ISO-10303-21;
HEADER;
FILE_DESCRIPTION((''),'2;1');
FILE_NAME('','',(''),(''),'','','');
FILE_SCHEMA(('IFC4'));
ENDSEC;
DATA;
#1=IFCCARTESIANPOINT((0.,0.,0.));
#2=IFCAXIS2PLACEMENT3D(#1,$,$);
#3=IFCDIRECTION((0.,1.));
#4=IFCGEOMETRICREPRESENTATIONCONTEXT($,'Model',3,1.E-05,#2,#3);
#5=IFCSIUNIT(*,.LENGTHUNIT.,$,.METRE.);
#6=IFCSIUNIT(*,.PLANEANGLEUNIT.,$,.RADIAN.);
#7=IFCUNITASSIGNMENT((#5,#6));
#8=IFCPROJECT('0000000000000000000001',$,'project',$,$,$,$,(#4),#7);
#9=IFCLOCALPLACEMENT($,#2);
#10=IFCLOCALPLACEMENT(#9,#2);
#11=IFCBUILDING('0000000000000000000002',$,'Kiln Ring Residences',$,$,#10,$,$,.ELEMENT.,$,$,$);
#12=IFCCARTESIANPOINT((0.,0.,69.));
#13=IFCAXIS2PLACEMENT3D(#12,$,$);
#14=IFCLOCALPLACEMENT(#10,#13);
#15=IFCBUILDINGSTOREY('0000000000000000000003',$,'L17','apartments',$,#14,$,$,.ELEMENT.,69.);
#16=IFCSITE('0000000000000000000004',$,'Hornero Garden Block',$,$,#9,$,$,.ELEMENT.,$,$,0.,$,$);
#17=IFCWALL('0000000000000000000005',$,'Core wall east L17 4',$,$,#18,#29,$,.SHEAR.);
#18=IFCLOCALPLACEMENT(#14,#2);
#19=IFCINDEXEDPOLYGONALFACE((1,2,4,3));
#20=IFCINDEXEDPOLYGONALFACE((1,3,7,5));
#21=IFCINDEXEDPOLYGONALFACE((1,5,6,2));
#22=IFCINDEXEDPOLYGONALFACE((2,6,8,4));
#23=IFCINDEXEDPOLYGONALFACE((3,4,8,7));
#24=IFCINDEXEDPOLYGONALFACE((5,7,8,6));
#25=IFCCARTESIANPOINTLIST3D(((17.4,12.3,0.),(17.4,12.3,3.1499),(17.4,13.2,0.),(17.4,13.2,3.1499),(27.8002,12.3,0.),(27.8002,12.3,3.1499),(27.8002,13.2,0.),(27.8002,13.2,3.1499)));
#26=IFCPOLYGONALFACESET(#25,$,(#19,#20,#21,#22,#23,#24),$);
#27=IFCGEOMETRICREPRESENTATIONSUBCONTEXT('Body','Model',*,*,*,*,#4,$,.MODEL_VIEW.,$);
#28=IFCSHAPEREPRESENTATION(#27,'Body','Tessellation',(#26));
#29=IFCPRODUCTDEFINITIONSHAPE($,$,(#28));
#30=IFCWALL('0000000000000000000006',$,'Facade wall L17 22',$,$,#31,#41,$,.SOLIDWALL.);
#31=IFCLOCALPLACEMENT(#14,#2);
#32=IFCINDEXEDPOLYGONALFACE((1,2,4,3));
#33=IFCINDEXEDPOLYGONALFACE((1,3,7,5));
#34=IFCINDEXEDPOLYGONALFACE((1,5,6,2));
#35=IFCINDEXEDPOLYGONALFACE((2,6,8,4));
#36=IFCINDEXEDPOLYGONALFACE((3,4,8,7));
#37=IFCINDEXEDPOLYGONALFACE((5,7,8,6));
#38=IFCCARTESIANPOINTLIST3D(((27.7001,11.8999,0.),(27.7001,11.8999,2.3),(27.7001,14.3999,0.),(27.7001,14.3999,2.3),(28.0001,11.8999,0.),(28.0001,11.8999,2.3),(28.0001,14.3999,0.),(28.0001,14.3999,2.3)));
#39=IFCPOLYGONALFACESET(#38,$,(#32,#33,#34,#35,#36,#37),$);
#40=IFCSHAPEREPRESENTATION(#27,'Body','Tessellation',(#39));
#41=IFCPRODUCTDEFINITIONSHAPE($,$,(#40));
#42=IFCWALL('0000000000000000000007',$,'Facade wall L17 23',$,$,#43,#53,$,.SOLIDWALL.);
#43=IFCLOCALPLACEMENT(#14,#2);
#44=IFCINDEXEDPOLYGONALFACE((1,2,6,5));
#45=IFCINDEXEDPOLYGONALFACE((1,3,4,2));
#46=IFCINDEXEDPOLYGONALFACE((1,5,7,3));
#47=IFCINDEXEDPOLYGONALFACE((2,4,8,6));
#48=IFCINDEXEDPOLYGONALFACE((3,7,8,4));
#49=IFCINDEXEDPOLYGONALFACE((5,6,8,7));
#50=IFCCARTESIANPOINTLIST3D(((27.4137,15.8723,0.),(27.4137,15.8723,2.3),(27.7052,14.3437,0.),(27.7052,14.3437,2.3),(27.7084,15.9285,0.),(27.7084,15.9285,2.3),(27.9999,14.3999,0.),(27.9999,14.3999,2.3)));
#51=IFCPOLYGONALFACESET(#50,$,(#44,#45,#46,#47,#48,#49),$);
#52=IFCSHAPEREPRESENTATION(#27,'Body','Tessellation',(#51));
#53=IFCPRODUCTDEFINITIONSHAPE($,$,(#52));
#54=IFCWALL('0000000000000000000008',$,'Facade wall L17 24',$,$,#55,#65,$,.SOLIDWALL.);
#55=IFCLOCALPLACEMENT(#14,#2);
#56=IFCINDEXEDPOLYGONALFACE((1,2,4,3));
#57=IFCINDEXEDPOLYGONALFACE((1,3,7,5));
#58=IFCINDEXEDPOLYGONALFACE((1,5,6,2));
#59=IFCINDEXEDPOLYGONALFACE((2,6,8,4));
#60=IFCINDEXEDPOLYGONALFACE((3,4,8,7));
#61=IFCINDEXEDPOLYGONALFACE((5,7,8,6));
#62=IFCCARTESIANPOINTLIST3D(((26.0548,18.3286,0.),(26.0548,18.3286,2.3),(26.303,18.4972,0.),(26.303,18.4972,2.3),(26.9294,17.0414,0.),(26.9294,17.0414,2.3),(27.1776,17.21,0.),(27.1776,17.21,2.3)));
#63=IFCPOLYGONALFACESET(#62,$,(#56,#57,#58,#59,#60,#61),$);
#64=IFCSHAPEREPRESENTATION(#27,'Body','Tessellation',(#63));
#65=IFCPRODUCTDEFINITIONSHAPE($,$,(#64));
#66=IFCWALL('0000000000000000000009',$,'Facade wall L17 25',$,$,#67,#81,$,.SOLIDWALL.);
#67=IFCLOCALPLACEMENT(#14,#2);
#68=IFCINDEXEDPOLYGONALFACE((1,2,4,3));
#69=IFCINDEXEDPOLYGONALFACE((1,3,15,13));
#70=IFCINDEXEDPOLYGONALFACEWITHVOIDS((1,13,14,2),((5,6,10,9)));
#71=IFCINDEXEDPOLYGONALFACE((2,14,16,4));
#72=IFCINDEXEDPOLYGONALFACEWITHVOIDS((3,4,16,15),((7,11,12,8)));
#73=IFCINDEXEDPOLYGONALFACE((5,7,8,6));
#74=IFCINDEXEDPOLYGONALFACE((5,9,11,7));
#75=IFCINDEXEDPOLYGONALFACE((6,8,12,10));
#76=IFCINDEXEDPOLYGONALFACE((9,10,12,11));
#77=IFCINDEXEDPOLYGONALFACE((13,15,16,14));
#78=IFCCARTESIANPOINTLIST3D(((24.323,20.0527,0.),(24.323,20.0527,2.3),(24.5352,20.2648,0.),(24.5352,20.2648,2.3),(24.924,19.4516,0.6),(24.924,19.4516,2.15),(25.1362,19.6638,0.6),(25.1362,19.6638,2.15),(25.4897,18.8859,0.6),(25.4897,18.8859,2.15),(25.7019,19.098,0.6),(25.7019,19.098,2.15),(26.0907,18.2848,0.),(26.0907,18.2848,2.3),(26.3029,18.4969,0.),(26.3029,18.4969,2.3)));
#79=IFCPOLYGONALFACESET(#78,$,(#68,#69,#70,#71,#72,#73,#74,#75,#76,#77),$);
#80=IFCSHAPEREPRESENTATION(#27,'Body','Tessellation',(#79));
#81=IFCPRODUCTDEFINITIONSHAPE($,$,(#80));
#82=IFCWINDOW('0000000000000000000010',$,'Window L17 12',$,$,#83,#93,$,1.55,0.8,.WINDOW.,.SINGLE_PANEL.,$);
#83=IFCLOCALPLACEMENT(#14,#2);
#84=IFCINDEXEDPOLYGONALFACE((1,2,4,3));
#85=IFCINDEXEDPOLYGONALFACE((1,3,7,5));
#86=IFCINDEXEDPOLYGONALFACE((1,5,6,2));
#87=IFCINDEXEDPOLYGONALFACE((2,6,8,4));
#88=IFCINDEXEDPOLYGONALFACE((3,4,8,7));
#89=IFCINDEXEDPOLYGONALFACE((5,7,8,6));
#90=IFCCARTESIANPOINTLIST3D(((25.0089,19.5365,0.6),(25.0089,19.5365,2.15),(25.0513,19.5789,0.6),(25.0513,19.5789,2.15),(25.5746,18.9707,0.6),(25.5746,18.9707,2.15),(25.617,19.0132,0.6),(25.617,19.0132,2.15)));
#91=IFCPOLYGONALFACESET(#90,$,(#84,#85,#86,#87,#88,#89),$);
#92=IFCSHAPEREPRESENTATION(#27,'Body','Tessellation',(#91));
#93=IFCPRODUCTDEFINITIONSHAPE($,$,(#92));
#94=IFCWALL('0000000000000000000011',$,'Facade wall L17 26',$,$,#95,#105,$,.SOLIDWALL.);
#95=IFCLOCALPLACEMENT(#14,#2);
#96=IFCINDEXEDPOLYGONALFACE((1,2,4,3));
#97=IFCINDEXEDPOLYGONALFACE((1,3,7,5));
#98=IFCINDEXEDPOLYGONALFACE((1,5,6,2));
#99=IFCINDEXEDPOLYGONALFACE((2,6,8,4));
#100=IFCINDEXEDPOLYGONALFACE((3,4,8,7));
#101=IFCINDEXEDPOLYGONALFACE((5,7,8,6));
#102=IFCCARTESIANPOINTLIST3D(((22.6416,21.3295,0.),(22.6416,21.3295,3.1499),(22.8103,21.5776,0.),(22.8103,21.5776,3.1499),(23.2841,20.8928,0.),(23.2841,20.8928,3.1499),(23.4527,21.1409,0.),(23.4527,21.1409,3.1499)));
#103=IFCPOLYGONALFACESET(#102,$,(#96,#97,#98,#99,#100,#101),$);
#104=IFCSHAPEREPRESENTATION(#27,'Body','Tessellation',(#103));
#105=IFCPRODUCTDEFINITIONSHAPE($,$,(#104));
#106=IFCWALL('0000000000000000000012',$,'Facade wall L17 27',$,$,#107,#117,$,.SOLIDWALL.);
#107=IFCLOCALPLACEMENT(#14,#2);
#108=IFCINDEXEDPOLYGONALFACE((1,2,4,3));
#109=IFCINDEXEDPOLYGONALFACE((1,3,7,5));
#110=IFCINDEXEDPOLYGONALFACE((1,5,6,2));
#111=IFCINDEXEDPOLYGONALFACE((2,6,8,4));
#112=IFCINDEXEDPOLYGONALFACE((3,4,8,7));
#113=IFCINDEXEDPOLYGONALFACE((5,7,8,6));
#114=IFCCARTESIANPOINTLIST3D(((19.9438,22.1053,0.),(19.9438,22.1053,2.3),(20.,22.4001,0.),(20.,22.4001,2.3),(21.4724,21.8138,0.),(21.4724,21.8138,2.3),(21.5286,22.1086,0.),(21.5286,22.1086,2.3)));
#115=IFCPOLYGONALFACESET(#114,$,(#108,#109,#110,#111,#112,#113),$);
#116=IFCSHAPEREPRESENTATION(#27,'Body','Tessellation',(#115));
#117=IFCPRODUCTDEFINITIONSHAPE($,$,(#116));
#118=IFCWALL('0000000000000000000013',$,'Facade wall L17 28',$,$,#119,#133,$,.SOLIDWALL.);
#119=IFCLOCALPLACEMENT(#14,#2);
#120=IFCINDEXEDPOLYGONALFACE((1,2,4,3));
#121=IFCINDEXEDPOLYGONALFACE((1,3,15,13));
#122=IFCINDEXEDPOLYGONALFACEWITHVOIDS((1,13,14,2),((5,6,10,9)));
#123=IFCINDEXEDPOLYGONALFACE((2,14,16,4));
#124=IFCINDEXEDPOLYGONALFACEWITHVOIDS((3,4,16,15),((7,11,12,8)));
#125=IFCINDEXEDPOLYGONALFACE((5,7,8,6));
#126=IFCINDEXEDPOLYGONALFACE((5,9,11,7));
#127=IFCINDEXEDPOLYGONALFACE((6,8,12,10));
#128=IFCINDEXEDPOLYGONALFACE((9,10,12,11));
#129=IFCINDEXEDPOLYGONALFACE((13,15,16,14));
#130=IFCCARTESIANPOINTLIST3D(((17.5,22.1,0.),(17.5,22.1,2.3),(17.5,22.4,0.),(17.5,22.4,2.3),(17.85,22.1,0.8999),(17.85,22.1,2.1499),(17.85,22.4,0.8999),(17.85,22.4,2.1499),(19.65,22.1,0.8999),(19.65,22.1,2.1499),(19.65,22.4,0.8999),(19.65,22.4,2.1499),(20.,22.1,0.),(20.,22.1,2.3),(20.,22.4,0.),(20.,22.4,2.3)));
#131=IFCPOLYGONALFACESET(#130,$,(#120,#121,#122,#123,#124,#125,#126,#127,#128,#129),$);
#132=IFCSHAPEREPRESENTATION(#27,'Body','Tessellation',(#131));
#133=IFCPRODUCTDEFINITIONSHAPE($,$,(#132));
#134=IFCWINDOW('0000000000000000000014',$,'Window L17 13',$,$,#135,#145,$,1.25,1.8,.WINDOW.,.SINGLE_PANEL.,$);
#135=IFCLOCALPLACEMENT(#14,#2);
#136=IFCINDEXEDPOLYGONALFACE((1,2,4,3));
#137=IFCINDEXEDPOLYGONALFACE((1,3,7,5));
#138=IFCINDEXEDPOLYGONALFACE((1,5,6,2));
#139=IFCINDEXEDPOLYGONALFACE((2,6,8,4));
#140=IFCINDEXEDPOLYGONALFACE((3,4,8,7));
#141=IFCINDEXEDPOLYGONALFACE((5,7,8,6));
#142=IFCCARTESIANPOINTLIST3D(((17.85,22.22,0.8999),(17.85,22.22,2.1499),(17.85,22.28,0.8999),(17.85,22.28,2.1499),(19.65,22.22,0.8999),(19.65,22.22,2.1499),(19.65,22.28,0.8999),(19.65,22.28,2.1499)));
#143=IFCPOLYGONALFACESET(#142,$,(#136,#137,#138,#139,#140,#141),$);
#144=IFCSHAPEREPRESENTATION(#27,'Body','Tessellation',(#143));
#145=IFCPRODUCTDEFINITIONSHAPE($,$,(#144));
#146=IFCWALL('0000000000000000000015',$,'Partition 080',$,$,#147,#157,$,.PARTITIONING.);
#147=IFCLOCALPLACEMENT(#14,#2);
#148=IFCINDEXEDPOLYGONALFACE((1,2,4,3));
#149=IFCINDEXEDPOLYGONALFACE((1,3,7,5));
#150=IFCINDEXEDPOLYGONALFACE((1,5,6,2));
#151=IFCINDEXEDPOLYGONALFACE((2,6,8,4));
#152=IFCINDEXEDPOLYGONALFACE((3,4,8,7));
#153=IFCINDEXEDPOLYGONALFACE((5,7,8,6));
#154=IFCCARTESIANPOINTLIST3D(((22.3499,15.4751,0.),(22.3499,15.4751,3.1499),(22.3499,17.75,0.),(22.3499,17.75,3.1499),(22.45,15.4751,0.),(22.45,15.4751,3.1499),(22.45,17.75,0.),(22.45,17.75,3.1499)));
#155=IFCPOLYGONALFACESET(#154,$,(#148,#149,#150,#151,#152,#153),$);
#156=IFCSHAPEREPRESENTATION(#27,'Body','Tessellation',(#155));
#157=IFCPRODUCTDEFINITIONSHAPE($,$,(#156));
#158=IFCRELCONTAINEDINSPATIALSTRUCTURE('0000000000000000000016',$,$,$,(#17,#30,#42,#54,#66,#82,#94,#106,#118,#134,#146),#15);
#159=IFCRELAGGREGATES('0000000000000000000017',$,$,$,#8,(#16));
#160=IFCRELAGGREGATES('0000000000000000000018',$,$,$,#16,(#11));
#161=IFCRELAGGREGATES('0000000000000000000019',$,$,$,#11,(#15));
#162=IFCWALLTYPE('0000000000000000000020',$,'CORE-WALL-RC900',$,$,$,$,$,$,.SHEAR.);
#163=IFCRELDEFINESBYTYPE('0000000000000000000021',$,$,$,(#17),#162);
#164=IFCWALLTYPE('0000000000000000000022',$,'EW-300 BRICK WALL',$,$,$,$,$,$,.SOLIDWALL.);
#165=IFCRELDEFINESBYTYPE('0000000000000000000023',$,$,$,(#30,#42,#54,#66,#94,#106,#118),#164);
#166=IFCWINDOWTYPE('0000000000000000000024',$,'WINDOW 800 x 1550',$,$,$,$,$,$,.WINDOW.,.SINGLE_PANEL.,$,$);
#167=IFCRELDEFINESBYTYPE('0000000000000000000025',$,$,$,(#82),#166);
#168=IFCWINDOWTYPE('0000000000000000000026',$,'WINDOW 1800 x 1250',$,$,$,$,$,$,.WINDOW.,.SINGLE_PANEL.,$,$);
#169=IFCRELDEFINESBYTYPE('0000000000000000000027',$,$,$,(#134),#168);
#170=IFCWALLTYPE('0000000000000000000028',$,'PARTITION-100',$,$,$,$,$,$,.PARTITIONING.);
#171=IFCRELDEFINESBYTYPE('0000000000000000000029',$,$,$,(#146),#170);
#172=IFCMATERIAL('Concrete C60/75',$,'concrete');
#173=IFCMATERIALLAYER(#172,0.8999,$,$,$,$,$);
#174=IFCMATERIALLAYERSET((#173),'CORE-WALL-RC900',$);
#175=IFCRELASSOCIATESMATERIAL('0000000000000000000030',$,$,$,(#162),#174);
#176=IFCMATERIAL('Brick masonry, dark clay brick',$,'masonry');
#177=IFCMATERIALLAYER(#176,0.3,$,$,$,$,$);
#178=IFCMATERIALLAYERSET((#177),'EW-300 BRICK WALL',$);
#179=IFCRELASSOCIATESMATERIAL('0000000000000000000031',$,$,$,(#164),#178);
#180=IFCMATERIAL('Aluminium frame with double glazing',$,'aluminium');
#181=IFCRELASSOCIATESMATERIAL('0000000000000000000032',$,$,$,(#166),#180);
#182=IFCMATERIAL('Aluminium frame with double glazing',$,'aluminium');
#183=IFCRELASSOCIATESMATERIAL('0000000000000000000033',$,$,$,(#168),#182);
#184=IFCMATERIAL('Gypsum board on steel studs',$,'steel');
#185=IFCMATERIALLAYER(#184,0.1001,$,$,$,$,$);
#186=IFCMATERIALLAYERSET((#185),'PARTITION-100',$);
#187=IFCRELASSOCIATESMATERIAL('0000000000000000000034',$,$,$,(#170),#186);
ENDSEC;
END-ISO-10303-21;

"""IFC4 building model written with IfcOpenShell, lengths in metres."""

from ifc_helpers import new_model, si_unit, direction, frame, frame_2d, origin, place, context, subcontext, project, spatial, rectangle, extrude, material, layer, layer_set, type_object, element, fill, save


model = new_model("IFC4")

# Units and contexts
model_context = context("Model", 3, precision=1e-05, world=origin(), true_north=direction((0.0, 1.0)))
body_context = subcontext(model_context, "Body", "Model", "MODEL_VIEW")
ifc_project = project(units=[si_unit("LENGTHUNIT", "METRE"), si_unit("PLANEANGLEUNIT", "RADIAN")], contexts=[model_context])

# Site, building, storey
site_placement = place(None, origin())
site = spatial("IfcSite", under=ifc_project, at=site_placement, Name="Hornero Garden Block", CompositionType="ELEMENT", RefElevation=0.0)
building_placement = place(site_placement, origin())
building = spatial("IfcBuilding", under=site, at=building_placement, Name="Kiln Ring Residences", CompositionType="ELEMENT")
storey_placement = place(building_placement, frame((0.0, 0.0, 69.0)))
storey = spatial("IfcBuildingStorey", under=building, at=storey_placement, Name="L17", Description="apartments", CompositionType="ELEMENT", Elevation=69.0)

# Walls
ifc_material_1 = material(Name="Concrete C60/75", Category="concrete")
ifc_layer_1 = layer(ifc_material_1, 0.8999)
ifc_layer_set_1 = layer_set([ifc_layer_1], Name="CORE-WALL-RC900")
wall_type_1 = type_object("IfcWallType", Name="CORE-WALL-RC900", PredefinedType="SHEAR", material=ifc_layer_set_1)
wall_1_placement = place(storey_placement, frame((17.3999, 12.75, 0.0), z_axis=(0.0, 0.0, 1.0), x_axis=(1.0, 0.0, 0.0)))
element("IfcWall", 1, at=wall_1_placement, inside=storey, type_object=wall_type_1, Name="Core wall east L17 4", PredefinedType="SHEAR", context=body_context, shape_type="SweptSolid", body=[
    extrude(rectangle(XDim=10.4001, YDim=0.8999, at=frame_2d((5.2002, 0.0))), origin(), (0.0, 0.0, 1.0), 3.1499),
])
ifc_material_2 = material(Name="Brick masonry, dark clay brick", Category="masonry")
ifc_layer_2 = layer(ifc_material_2, 0.3)
ifc_layer_set_2 = layer_set([ifc_layer_2], Name="EW-300 BRICK WALL")
wall_type_2 = type_object("IfcWallType", Name="EW-300 BRICK WALL", PredefinedType="SOLIDWALL", material=ifc_layer_set_2)
wall_2_placement = place(storey_placement, frame((27.8501, 11.8999, 0.0), z_axis=(0.0, 0.0, 1.0), x_axis=(0.0, 1.0, 0.0)))
element("IfcWall", 2, at=wall_2_placement, inside=storey, type_object=wall_type_2, Name="Facade wall L17 22", PredefinedType="SOLIDWALL", context=body_context, shape_type="SweptSolid", body=[
    extrude(rectangle(XDim=2.5, YDim=0.3, at=frame_2d((1.25, 0.0))), origin(), (0.0, 0.0, 1.0), 2.3),
])
for number, where, z_axis, x_axis, name in (
    (3, (27.8525, 14.3718, 0.0), (0.0, 0.0, 1.0), (-0.187328, 0.982297, 0.0), "Facade wall L17 23"),
    (4, (27.0535, 17.1257, 0.0), (0.0, 0.0, 1.0), (-0.561992, 0.827142, 0.0), "Facade wall L17 24"),
):
    element("IfcWall", number, at=place(storey_placement, frame(where, z_axis=z_axis, x_axis=x_axis)), inside=storey, type_object=wall_type_2, Name=name, PredefinedType="SOLIDWALL", context=body_context, shape_type="SweptSolid", body=[
        extrude(rectangle(XDim=1.5562, YDim=0.3, at=frame_2d((0.7781, 0.0))), origin(), (0.0, 0.0, 1.0), 2.3),
    ])

# Wall, opening, window
wall_3_placement = place(storey_placement, frame((26.1968, 18.3909, 0.0), z_axis=(0.0, 0.0, 1.0), x_axis=(-0.707058, 0.707156, 0.0)))
wall_3 = element("IfcWall", 5, at=wall_3_placement, inside=storey, type_object=wall_type_2, Name="Facade wall L17 25", PredefinedType="SOLIDWALL", context=body_context, shape_type="SweptSolid", body=[
    extrude(rectangle(XDim=2.5, YDim=0.3, at=frame_2d((1.25, 0.0))), origin(), (0.0, 0.0, 1.0), 2.3),
])
opening_1_placement = place(wall_3_placement, frame((0.8501, 0.0, 0.6001)))
opening_1 = element("IfcOpeningElement", 6, at=opening_1_placement, cuts=wall_3, PredefinedType="OPENING", context=body_context, shape_type="SweptSolid", body=[
    extrude(rectangle(XDim=0.8, YDim=1.55, at=frame_2d((0.3999, 0.7749))), frame((0.0, 0.1599, 0.0), z_axis=(0.0, -1.0, 0.0), x_axis=(1.0, 0.0, 0.0)), (0.0, 0.0, 1.0), 0.3201),
])
ifc_material_3 = material(Name="Aluminium frame with double glazing", Category="aluminium")
window_type_1 = type_object("IfcWindowType", Name="WINDOW 800 x 1550", PartitioningType="SINGLE_PANEL", PredefinedType="WINDOW", material=ifc_material_3)
window_1_placement = place(opening_1_placement, origin())
window_1 = element("IfcWindow", 7, at=window_1_placement, inside=storey, type_object=window_type_1, Name="Window L17 12", OverallHeight=1.55, OverallWidth=0.8, PartitioningType="SINGLE_PANEL", PredefinedType="WINDOW", context=body_context, shape_type="SweptSolid", body=[
    extrude(rectangle(XDim=0.8, YDim=1.55, at=frame_2d((0.3999, 0.7749))), frame((0.0, 0.03, 0.0), z_axis=(0.0, -1.0, 0.0), x_axis=(1.0, 0.0, 0.0)), (0.0, 0.0, 1.0), 0.0601),
])
fill(opening_1, window_1)

# Walls
wall_4_placement = place(storey_placement, frame((23.3684, 21.0168, 0.0), z_axis=(0.0, 0.0, 1.0), x_axis=(-0.827038, 0.562147, 0.0)))
element("IfcWall", 8, at=wall_4_placement, inside=storey, type_object=wall_type_2, Name="Facade wall L17 26", PredefinedType="SOLIDWALL", context=body_context, shape_type="SweptSolid", body=[
    extrude(rectangle(XDim=0.7769, YDim=0.3, at=frame_2d((0.3884, 0.0))), origin(), (0.0, 0.0, 1.0), 3.1499),
])
wall_5_placement = place(storey_placement, frame((21.5005, 21.9612, 0.0), z_axis=(0.0, 0.0, 1.0), x_axis=(-0.982297, 0.187328, 0.0)))
element("IfcWall", 9, at=wall_5_placement, inside=storey, type_object=wall_type_2, Name="Facade wall L17 27", PredefinedType="SOLIDWALL", context=body_context, shape_type="SweptSolid", body=[
    extrude(rectangle(XDim=1.5562, YDim=0.3, at=frame_2d((0.7781, 0.0))), origin(), (0.0, 0.0, 1.0), 2.3),
])

# Wall, opening, window
wall_6_placement = place(storey_placement, frame((20.0, 22.25, 0.0), z_axis=(0.0, 0.0, 1.0), x_axis=(-1.0, 0.0, 0.0)))
wall_6 = element("IfcWall", 10, at=wall_6_placement, inside=storey, type_object=wall_type_2, Name="Facade wall L17 28", PredefinedType="SOLIDWALL", context=body_context, shape_type="SweptSolid", body=[
    extrude(rectangle(XDim=2.5, YDim=0.3, at=frame_2d((1.25, 0.0))), origin(), (0.0, 0.0, 1.0), 2.3),
])
opening_2_placement = place(wall_6_placement, frame((0.3501, 0.0, 0.8999)))
opening_2 = element("IfcOpeningElement", 11, at=opening_2_placement, cuts=wall_6, PredefinedType="OPENING", context=body_context, shape_type="SweptSolid", body=[
    extrude(rectangle(XDim=1.8, YDim=1.25, at=frame_2d((0.8999, 0.625))), frame((0.0, 0.1599, 0.0), z_axis=(0.0, -1.0, 0.0), x_axis=(1.0, 0.0, 0.0)), (0.0, 0.0, 1.0), 0.3201),
])
ifc_material_4 = material(Name="Aluminium frame with double glazing", Category="aluminium")
window_type_2 = type_object("IfcWindowType", Name="WINDOW 1800 x 1250", PartitioningType="SINGLE_PANEL", PredefinedType="WINDOW", material=ifc_material_4)
window_2_placement = place(opening_2_placement, origin())
window_2 = element("IfcWindow", 12, at=window_2_placement, inside=storey, type_object=window_type_2, Name="Window L17 13", OverallHeight=1.25, OverallWidth=1.8, PartitioningType="SINGLE_PANEL", PredefinedType="WINDOW", context=body_context, shape_type="SweptSolid", body=[
    extrude(rectangle(XDim=1.8, YDim=1.25, at=frame_2d((0.8999, 0.625))), frame((0.0, 0.03, 0.0), z_axis=(0.0, -1.0, 0.0), x_axis=(1.0, 0.0, 0.0)), (0.0, 0.0, 1.0), 0.0601),
])
fill(opening_2, window_2)

# Wall
ifc_material_5 = material(Name="Gypsum board on steel studs", Category="steel")
ifc_layer_3 = layer(ifc_material_5, 0.1001)
ifc_layer_set_3 = layer_set([ifc_layer_3], Name="PARTITION-100")
wall_type_3 = type_object("IfcWallType", Name="PARTITION-100", PredefinedType="PARTITIONING", material=ifc_layer_set_3)
wall_7_placement = place(storey_placement, frame((22.3999, 15.4751, 0.0), z_axis=(0.0, 0.0, 1.0), x_axis=(0.0, 1.0, 0.0)))
element("IfcWall", 13, at=wall_7_placement, inside=storey, type_object=wall_type_3, Name="Partition 080", PredefinedType="PARTITIONING", context=body_context, shape_type="SweptSolid", body=[
    extrude(rectangle(XDim=2.2749, YDim=0.1001, at=frame_2d((1.1375, 0.0))), origin(), (0.0, 0.0, 1.0), 3.1499),
])

save(model, "model.ifc")
